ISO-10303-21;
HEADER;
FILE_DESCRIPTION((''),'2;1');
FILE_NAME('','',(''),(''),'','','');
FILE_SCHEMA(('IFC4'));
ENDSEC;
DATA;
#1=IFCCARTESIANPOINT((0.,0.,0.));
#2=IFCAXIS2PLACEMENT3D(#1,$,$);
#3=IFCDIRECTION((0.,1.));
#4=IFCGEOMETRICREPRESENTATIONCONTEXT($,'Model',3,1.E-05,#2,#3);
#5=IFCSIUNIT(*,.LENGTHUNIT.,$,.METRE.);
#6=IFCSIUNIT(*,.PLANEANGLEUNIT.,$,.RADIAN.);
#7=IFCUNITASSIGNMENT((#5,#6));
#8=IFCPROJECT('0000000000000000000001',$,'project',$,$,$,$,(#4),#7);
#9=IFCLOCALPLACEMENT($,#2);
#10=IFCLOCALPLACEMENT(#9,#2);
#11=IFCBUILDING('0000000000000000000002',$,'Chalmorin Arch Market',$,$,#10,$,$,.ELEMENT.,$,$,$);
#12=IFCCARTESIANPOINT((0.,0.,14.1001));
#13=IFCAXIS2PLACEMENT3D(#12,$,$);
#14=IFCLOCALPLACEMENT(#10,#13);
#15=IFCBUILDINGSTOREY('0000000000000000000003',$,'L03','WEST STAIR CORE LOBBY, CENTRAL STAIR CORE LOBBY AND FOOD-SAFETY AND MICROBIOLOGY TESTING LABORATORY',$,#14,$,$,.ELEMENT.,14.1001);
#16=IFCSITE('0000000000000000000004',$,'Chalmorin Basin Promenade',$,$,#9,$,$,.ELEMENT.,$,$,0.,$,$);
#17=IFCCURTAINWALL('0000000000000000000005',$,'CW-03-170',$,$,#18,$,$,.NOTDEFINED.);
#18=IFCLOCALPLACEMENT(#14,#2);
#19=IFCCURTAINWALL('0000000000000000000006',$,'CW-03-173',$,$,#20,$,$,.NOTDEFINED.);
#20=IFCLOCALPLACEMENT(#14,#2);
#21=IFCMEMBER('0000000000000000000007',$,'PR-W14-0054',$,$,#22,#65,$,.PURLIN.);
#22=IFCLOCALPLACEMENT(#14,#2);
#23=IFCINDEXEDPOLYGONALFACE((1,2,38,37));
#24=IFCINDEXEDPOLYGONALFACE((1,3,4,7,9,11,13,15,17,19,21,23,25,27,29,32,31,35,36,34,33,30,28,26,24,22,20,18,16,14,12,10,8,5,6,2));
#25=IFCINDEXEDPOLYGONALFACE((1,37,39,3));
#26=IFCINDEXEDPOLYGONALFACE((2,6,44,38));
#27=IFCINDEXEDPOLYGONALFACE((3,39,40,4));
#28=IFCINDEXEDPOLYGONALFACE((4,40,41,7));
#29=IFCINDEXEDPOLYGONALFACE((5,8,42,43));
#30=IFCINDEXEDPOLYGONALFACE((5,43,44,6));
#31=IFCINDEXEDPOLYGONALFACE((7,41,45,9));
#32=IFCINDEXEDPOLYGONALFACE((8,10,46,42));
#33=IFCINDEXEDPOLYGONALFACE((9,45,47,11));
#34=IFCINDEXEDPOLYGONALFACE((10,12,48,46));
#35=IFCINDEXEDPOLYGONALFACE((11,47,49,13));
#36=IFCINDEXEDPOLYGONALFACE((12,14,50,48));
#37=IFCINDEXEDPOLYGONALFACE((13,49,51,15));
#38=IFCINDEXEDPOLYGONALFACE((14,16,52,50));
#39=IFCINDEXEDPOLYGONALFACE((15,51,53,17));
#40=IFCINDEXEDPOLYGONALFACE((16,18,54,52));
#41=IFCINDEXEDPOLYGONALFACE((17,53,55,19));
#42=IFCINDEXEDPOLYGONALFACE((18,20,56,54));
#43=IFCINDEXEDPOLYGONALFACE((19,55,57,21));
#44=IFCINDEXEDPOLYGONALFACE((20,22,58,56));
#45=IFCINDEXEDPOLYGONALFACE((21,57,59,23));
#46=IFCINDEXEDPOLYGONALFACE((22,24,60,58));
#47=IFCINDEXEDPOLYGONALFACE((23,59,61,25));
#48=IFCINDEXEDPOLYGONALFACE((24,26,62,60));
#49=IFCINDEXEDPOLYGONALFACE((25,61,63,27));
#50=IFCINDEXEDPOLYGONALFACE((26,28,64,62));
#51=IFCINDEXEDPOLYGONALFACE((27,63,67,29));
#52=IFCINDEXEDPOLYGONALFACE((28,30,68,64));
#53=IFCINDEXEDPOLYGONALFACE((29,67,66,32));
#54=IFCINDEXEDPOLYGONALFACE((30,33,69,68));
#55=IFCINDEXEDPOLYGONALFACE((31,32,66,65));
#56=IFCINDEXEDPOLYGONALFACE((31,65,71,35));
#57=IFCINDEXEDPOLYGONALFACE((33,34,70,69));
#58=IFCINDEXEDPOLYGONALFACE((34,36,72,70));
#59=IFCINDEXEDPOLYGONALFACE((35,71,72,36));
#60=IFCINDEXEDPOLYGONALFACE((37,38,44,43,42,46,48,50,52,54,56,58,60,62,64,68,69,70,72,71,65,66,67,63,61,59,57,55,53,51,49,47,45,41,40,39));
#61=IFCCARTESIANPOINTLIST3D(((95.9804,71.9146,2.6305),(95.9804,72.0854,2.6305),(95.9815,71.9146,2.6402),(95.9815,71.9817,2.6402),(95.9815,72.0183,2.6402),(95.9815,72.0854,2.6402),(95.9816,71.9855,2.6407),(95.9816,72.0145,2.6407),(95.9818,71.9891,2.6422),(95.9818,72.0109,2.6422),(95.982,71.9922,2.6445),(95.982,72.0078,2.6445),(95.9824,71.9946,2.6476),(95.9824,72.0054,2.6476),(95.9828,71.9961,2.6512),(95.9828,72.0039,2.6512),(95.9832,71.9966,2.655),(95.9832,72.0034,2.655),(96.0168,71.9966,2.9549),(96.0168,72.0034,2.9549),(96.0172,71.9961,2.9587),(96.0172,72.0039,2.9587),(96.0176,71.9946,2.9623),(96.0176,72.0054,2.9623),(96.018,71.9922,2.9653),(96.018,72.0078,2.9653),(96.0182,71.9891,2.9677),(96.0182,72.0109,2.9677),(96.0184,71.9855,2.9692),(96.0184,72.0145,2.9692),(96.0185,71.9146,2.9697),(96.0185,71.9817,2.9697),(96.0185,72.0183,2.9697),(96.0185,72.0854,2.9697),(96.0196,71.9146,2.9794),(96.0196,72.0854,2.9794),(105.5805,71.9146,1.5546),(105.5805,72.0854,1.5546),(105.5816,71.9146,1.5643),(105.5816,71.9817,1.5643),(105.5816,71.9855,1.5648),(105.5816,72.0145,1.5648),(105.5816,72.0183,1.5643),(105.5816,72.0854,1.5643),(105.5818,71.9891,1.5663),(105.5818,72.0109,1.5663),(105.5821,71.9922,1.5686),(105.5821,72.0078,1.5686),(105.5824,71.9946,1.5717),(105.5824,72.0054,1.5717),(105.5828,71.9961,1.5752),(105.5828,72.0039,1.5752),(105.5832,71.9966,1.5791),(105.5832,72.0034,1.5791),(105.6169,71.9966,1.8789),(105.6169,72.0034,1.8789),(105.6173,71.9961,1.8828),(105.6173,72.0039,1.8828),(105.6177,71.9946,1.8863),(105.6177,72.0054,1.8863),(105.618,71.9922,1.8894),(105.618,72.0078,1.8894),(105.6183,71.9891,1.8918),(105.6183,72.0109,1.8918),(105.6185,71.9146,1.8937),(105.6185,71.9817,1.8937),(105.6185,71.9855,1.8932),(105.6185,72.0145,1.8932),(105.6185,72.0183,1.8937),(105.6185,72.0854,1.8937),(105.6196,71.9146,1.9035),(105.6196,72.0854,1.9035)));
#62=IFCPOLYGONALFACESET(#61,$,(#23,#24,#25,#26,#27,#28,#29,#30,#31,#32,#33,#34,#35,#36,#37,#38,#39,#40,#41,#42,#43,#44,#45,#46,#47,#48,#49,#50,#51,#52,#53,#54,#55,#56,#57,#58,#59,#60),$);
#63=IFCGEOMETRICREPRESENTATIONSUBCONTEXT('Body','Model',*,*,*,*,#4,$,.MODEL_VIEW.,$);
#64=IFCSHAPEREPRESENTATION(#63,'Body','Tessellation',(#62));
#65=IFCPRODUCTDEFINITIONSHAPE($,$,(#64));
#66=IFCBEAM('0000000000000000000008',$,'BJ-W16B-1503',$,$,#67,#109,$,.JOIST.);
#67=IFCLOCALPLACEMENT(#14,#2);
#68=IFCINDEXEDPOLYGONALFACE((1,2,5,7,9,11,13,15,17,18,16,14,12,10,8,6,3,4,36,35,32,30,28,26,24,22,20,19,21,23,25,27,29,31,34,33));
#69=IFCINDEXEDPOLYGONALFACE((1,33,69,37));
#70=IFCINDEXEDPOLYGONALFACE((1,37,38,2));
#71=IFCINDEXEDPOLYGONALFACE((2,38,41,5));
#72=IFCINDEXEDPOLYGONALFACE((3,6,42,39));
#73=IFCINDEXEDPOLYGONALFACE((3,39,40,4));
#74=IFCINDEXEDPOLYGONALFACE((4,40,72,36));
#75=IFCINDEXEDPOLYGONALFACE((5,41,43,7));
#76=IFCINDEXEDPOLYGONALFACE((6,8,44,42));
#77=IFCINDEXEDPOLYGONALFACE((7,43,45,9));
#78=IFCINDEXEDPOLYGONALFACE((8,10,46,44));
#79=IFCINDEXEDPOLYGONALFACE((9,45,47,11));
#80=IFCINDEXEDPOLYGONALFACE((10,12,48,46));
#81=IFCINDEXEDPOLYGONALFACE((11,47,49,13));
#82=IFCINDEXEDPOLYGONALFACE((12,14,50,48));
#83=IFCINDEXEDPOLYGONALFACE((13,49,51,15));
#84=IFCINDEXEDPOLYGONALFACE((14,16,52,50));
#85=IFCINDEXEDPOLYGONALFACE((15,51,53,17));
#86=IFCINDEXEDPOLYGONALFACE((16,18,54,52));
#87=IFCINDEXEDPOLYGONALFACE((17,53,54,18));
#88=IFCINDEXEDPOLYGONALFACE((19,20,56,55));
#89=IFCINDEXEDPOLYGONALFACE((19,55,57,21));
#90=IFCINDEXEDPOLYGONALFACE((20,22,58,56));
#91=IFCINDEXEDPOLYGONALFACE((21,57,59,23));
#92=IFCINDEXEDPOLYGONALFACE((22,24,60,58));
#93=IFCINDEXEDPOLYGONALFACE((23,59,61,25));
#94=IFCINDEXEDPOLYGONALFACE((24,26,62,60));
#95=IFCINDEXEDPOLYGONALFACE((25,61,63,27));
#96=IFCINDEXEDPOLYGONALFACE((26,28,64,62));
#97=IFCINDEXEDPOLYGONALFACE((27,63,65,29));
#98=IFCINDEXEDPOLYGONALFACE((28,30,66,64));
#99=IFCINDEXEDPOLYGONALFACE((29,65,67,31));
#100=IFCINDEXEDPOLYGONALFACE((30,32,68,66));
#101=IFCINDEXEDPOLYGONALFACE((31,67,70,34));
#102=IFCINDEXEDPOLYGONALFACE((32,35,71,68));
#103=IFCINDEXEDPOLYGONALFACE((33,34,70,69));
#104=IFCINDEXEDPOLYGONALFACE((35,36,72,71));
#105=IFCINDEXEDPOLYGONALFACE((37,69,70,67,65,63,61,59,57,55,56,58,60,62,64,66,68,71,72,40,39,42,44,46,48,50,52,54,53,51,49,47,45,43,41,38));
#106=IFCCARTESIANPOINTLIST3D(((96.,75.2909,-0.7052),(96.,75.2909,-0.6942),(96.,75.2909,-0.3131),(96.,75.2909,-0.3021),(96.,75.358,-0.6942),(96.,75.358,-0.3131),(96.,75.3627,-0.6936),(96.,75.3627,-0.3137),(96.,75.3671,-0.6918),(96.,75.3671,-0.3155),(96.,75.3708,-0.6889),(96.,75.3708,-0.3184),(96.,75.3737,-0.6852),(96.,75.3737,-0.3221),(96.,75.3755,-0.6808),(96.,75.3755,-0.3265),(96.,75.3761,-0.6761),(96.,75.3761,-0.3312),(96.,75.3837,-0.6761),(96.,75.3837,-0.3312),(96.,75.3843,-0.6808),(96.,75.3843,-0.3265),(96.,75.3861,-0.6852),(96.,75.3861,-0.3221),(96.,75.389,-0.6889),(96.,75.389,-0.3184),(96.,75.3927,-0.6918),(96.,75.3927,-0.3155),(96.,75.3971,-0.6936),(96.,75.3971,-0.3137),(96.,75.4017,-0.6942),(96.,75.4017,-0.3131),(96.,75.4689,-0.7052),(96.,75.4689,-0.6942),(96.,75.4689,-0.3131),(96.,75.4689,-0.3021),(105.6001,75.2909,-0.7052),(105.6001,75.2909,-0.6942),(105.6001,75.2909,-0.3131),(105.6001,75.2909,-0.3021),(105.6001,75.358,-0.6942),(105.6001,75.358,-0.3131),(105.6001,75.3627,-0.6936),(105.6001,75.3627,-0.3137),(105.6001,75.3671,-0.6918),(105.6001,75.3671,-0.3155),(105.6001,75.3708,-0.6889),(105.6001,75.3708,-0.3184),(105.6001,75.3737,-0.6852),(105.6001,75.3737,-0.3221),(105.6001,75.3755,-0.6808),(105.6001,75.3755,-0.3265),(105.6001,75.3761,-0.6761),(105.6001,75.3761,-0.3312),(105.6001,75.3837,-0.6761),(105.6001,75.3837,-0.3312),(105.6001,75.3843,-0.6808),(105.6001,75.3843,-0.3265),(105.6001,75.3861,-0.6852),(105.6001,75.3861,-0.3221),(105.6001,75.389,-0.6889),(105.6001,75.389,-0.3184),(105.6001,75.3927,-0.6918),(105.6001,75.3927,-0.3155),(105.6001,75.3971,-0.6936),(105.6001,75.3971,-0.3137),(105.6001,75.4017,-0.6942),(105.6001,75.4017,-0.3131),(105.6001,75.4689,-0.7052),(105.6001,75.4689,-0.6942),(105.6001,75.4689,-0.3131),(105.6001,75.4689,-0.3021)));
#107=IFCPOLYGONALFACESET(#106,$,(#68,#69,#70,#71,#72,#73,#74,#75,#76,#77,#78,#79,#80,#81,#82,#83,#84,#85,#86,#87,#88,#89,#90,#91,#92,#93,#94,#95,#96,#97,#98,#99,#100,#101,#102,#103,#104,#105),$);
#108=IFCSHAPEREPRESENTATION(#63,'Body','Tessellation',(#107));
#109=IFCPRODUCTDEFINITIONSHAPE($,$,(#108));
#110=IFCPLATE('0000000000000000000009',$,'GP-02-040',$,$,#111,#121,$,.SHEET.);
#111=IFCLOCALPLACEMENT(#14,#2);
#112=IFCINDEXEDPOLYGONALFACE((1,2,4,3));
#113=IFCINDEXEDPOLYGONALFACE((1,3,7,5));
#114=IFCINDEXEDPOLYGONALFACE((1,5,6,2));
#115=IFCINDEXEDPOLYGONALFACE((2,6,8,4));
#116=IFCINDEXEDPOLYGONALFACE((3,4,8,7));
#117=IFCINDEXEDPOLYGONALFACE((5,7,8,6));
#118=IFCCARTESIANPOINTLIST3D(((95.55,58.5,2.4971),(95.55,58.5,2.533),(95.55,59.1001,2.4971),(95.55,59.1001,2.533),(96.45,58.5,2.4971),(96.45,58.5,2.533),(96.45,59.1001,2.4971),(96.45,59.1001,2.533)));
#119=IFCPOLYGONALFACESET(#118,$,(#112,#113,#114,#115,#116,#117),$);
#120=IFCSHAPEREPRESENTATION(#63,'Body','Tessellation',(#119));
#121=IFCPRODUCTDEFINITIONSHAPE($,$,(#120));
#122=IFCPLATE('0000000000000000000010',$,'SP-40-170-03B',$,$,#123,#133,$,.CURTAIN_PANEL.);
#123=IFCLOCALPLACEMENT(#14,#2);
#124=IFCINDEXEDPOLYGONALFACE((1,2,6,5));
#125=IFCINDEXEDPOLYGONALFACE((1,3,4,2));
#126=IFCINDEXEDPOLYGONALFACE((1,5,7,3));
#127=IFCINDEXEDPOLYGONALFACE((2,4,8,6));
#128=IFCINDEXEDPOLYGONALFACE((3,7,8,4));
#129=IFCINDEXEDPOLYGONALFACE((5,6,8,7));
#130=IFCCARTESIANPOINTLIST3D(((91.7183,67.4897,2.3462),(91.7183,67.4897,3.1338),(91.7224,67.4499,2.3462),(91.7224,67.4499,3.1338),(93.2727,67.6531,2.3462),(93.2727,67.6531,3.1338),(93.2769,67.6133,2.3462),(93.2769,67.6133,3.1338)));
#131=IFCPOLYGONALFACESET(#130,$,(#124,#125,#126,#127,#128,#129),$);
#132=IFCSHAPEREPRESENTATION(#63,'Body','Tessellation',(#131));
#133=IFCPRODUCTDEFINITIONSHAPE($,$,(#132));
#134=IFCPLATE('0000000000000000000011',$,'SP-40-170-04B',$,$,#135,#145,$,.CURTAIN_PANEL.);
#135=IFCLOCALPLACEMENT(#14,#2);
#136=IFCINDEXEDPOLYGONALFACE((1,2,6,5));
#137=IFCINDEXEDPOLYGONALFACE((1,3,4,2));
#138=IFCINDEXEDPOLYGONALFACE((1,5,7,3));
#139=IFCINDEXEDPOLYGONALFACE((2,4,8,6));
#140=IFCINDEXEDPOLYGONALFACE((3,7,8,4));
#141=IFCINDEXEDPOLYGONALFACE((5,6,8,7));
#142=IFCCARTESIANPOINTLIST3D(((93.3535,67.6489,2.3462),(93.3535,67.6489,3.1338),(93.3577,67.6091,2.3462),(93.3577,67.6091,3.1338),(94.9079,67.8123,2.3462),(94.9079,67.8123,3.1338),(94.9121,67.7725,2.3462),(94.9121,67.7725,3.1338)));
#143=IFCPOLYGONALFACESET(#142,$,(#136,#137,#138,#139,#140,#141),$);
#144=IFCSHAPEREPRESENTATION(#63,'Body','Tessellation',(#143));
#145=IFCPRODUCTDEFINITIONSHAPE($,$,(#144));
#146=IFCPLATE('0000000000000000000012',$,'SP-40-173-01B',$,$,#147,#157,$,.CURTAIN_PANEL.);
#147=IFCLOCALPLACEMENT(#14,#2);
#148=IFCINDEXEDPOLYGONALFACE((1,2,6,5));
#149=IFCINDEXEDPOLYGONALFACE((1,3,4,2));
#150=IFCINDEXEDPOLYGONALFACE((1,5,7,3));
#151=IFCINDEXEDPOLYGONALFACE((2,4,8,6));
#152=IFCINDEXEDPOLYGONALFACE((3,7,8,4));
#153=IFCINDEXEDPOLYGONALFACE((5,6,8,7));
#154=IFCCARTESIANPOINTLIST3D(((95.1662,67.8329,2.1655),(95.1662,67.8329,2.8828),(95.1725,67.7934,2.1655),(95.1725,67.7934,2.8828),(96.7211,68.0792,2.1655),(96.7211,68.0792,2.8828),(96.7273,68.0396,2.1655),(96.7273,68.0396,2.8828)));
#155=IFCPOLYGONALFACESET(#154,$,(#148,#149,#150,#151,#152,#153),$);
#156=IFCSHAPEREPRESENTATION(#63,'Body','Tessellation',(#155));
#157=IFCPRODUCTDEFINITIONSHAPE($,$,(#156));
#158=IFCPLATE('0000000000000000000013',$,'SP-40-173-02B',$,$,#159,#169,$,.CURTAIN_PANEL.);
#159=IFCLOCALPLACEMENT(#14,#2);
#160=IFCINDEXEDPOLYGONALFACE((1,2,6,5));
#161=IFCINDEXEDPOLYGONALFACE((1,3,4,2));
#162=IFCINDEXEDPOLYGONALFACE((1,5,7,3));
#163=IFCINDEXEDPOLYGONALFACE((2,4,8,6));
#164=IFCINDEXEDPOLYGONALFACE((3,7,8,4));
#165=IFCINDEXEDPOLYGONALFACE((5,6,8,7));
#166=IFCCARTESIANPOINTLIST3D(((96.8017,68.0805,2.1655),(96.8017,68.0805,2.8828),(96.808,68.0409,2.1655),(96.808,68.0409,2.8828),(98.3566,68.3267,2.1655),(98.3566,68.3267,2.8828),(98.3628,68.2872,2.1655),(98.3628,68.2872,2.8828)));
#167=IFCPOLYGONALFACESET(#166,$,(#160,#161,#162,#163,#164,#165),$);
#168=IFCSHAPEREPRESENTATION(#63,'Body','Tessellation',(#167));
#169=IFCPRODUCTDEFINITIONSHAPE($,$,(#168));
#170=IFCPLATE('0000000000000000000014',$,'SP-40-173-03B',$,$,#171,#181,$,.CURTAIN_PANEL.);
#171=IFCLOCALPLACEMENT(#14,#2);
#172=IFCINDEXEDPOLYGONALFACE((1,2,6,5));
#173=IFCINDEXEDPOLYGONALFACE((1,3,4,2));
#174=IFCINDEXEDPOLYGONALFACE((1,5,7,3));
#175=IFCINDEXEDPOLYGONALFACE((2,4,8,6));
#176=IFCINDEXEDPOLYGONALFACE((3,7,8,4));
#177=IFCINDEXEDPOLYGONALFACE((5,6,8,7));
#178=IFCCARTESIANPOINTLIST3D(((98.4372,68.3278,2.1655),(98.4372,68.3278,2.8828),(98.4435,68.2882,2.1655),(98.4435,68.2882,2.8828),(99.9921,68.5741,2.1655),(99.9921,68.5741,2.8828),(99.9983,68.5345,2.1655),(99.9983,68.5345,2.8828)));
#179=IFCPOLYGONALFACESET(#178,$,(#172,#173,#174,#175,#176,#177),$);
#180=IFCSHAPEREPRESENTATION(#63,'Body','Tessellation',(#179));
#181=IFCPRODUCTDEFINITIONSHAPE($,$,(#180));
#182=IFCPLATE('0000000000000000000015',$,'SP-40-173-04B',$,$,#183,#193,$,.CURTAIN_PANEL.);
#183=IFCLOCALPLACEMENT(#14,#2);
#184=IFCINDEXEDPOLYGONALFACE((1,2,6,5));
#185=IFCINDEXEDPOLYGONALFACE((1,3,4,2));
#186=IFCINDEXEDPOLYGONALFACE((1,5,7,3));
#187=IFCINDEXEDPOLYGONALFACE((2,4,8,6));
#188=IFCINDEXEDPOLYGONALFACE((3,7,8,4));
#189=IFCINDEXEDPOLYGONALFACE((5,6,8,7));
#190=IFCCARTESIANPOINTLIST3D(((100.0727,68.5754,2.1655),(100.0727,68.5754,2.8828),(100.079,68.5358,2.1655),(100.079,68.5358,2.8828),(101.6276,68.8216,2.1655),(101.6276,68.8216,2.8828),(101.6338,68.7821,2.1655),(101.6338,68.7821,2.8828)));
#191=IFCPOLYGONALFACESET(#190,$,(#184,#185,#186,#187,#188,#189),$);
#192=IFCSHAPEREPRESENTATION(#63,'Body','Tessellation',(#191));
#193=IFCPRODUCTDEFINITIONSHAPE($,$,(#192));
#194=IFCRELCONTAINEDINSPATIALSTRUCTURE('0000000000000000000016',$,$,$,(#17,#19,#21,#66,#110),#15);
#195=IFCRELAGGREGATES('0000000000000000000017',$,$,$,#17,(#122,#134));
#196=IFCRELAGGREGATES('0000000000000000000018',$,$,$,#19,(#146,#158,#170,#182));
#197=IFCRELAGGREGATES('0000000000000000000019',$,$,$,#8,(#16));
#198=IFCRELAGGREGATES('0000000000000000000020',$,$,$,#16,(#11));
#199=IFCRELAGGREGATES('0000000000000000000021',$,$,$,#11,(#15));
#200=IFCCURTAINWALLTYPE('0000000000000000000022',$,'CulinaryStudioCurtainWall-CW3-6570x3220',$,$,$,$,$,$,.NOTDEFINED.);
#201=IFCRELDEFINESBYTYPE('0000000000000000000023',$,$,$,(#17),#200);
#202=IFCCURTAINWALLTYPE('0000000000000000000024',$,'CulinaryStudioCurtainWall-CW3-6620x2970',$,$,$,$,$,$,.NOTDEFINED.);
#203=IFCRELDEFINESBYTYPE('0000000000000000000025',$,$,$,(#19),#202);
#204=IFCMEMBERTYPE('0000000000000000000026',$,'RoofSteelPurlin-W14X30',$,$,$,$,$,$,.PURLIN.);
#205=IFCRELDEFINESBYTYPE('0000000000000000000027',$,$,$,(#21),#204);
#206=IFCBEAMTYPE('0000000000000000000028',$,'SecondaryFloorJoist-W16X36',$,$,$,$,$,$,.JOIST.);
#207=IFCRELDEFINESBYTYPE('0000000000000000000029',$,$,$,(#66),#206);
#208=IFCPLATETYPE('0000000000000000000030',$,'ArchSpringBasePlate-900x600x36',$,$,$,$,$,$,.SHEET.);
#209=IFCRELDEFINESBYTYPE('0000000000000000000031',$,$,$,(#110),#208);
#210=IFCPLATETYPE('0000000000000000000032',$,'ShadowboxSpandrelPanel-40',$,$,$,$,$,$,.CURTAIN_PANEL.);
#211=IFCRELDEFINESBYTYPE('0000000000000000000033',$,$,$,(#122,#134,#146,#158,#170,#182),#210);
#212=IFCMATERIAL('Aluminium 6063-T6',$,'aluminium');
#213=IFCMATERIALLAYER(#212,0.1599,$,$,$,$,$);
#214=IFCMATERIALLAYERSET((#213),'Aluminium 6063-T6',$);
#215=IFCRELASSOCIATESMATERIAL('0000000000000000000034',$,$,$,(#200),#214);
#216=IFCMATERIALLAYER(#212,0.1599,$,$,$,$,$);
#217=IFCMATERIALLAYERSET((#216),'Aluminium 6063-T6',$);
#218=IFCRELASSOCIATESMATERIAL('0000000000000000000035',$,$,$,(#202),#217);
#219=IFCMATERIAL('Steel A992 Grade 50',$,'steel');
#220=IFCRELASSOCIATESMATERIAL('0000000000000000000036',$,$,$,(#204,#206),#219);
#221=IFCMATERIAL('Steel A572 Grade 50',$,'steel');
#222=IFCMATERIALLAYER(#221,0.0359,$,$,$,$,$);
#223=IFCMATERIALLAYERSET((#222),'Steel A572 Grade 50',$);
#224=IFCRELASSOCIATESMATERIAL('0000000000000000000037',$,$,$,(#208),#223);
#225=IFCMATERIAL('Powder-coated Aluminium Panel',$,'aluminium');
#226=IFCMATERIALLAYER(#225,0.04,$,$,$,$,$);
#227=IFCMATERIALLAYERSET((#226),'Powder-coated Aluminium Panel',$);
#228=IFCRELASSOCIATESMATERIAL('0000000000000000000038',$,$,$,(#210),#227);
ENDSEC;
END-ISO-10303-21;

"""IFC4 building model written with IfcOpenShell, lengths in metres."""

from ifc_helpers import new_model, si_unit, direction, frame, origin, origin_2d, place, context, subcontext, project, spatial, rectangle, i_section, extrude, material, layer, layer_set, material_profile, profile_set, type_object, element, aggregate, save


model = new_model("IFC4")

# Units and contexts
model_context = context("Model", 3, precision=1e-05, world=origin(), true_north=direction((0.0, 1.0)))
body_context = subcontext(model_context, "Body", "Model", "MODEL_VIEW")
ifc_project = project(units=[si_unit("LENGTHUNIT", "METRE"), si_unit("PLANEANGLEUNIT", "RADIAN")], contexts=[model_context])

# Site, building, storey
site_placement = place(None, origin())
site = spatial("IfcSite", under=ifc_project, at=site_placement, Name="Chalmorin Basin Promenade", CompositionType="ELEMENT", RefElevation=0.0)
building_placement = place(site_placement, origin())
building = spatial("IfcBuilding", under=site, at=building_placement, Name="Chalmorin Arch Market", CompositionType="ELEMENT")
storey_placement = place(building_placement, frame((0.0, 0.0, 14.1001)))
storey = spatial("IfcBuildingStorey", under=building, at=storey_placement, Name="L03", Description="WEST STAIR CORE LOBBY, CENTRAL STAIR CORE LOBBY AND FOOD-SAFETY AND MICROBIOLOGY TESTING LABORATORY", CompositionType="ELEMENT", Elevation=14.1001)

# Curtain walls
ifc_material_1 = material(Name="Aluminium 6063-T6", Category="aluminium")
ifc_layer_1 = layer(ifc_material_1, 0.1599)
ifc_layer_set_1 = layer_set([ifc_layer_1], Name="Aluminium 6063-T6")
curtain_wall_type_1 = type_object("IfcCurtainWallType", Name="CulinaryStudioCurtainWall-CW3-6570x3220", PredefinedType="NOTDEFINED", material=ifc_layer_set_1)
curtain_wall_1_placement = place(storey_placement, origin())
curtain_wall_1 = element("IfcCurtainWall", 1, at=curtain_wall_1_placement, inside=storey, type_object=curtain_wall_type_1, Name="CW-03-170", PredefinedType="NOTDEFINED")
ifc_layer_2 = layer(ifc_material_1, 0.1599)
ifc_layer_set_2 = layer_set([ifc_layer_2], Name="Aluminium 6063-T6")
curtain_wall_type_2 = type_object("IfcCurtainWallType", Name="CulinaryStudioCurtainWall-CW3-6620x2970", PredefinedType="NOTDEFINED", material=ifc_layer_set_2)
curtain_wall_2_placement = place(storey_placement, origin())
curtain_wall_2 = element("IfcCurtainWall", 2, at=curtain_wall_2_placement, inside=storey, type_object=curtain_wall_type_2, Name="CW-03-173", PredefinedType="NOTDEFINED")

# Shared definitions
ifc_material_2 = material(Name="Steel A992 Grade 50", Category="steel")

# Member
ifc_material_profile_1 = material_profile(ifc_material_2, i_section(OverallWidth=0.1709, OverallDepth=0.3511, WebThickness=0.0068, FlangeThickness=0.0098, FilletRadius=0.0149, at=origin_2d()), Name="W14X30")
ifc_profile_set_1 = profile_set([ifc_material_profile_1], Name="Steel A992 Grade 50")
member_type_1 = type_object("IfcMemberType", Name="RoofSteelPurlin-W14X30", PredefinedType="PURLIN", material=ifc_profile_set_1)
member_1_placement = place(storey_placement, frame((96.0, 72.0, 2.8049), z_axis=(0.993778, 0.0, -0.111377), x_axis=(0.0, 1.0, 0.0)))
element("IfcMember", 3, at=member_1_placement, inside=storey, type_object=member_type_1, Name="PR-W14-0054", PredefinedType="PURLIN", context=body_context, shape_type="SweptSolid", body=[
    extrude(i_section(OverallWidth=0.1709, OverallDepth=0.3511, WebThickness=0.0068, FlangeThickness=0.0098, FilletRadius=0.0149, at=origin_2d()), origin(), (0.0, 0.0, 1.0), 9.6602),
])

# Beam
ifc_material_profile_2 = material_profile(ifc_material_2, i_section(OverallWidth=0.178, OverallDepth=0.4031, WebThickness=0.0076, FlangeThickness=0.011, FilletRadius=0.0181, at=origin_2d()), Name="W16X36")
ifc_profile_set_2 = profile_set([ifc_material_profile_2], Name="Steel A992 Grade 50")
beam_type_1 = type_object("IfcBeamType", Name="SecondaryFloorJoist-W16X36", PredefinedType="JOIST", material=ifc_profile_set_2)
beam_1_placement = place(storey_placement, frame((96.0, 75.3799, -0.5037), z_axis=(1.0, 0.0, 0.0), x_axis=(0.0, 1.0, 0.0)))
element("IfcBeam", 4, at=beam_1_placement, inside=storey, type_object=beam_type_1, Name="BJ-W16B-1503", PredefinedType="JOIST", context=body_context, shape_type="SweptSolid", body=[
    extrude(i_section(OverallWidth=0.178, OverallDepth=0.4031, WebThickness=0.0076, FlangeThickness=0.011, FilletRadius=0.0181, at=origin_2d()), origin(), (0.0, 0.0, 1.0), 9.6001),
])

# Plates
ifc_material_3 = material(Name="Steel A572 Grade 50", Category="steel")
ifc_layer_3 = layer(ifc_material_3, 0.0359)
ifc_layer_set_3 = layer_set([ifc_layer_3], Name="Steel A572 Grade 50")
plate_type_1 = type_object("IfcPlateType", Name="ArchSpringBasePlate-900x600x36", PredefinedType="SHEET", material=ifc_layer_set_3)
plate_1_placement = place(storey_placement, frame((96.0, 58.8, 2.4971), z_axis=(0.0, 0.0, 1.0), x_axis=(1.0, 0.0, 0.0)))
element("IfcPlate", 5, at=plate_1_placement, inside=storey, type_object=plate_type_1, Name="GP-02-040", PredefinedType="SHEET", context=body_context, shape_type="SweptSolid", body=[
    extrude(rectangle(XDim=0.8999, YDim=0.6001, at=origin_2d()), origin(), (0.0, 0.0, 1.0), 0.0359),
])
ifc_material_4 = material(Name="Powder-coated Aluminium Panel", Category="aluminium")
ifc_layer_4 = layer(ifc_material_4, 0.04)
ifc_layer_set_4 = layer_set([ifc_layer_4], Name="Powder-coated Aluminium Panel")
plate_type_2 = type_object("IfcPlateType", Name="ShadowboxSpandrelPanel-40", PredefinedType="CURTAIN_PANEL", material=ifc_layer_set_4)
plate_2_placement = place(storey_placement, frame((92.4976, 67.5515, 2.3462), z_axis=(0.0, 0.0, 1.0), x_axis=(0.994522, 0.104528, 0.0)))
plate_2 = element("IfcPlate", 6, at=plate_2_placement, type_object=plate_type_2, Name="SP-40-170-03B", PredefinedType="CURTAIN_PANEL", context=body_context, shape_type="SweptSolid", body=[
    extrude(rectangle(XDim=1.563, YDim=0.04, at=origin_2d()), origin(), (0.0, 0.0, 1.0), 0.7876),
])
plate_3_placement = place(storey_placement, frame((94.1328, 67.7107, 2.3462), z_axis=(0.0, 0.0, 1.0), x_axis=(0.994522, 0.104528, 0.0)))
plate_3 = element("IfcPlate", 7, at=plate_3_placement, type_object=plate_type_2, Name="SP-40-170-04B", PredefinedType="CURTAIN_PANEL", context=body_context, shape_type="SweptSolid", body=[
    extrude(rectangle(XDim=1.563, YDim=0.04, at=origin_2d()), origin(), (0.0, 0.0, 1.0), 0.7876),
])
plate_4_placement = place(storey_placement, frame((95.9468, 67.9363, 2.1655), z_axis=(0.0, 0.0, 1.0), x_axis=(0.987688, 0.156434, 0.0)))
plate_4 = element("IfcPlate", 8, at=plate_4_placement, type_object=plate_type_2, Name="SP-40-173-01B", PredefinedType="CURTAIN_PANEL", context=body_context, shape_type="SweptSolid", body=[
    extrude(rectangle(XDim=1.5742, YDim=0.04, at=origin_2d()), origin(), (0.0, 0.0, 1.0), 0.7173),
])
plate_5_placement = place(storey_placement, frame((97.5823, 68.1838, 2.1655), z_axis=(0.0, 0.0, 1.0), x_axis=(0.987688, 0.156434, 0.0)))
plate_5 = element("IfcPlate", 9, at=plate_5_placement, type_object=plate_type_2, Name="SP-40-173-02B", PredefinedType="CURTAIN_PANEL", context=body_context, shape_type="SweptSolid", body=[
    extrude(rectangle(XDim=1.5742, YDim=0.04, at=origin_2d()), origin(), (0.0, 0.0, 1.0), 0.7173),
])
plate_6_placement = place(storey_placement, frame((99.2178, 68.4312, 2.1655), z_axis=(0.0, 0.0, 1.0), x_axis=(0.987688, 0.156434, 0.0)))
plate_6 = element("IfcPlate", 10, at=plate_6_placement, type_object=plate_type_2, Name="SP-40-173-03B", PredefinedType="CURTAIN_PANEL", context=body_context, shape_type="SweptSolid", body=[
    extrude(rectangle(XDim=1.5742, YDim=0.04, at=origin_2d()), origin(), (0.0, 0.0, 1.0), 0.7173),
])
plate_7_placement = place(storey_placement, frame((100.8533, 68.6787, 2.1655), z_axis=(0.0, 0.0, 1.0), x_axis=(0.987688, 0.156434, 0.0)))
plate_7 = element("IfcPlate", 11, at=plate_7_placement, type_object=plate_type_2, Name="SP-40-173-04B", PredefinedType="CURTAIN_PANEL", context=body_context, shape_type="SweptSolid", body=[
    extrude(rectangle(XDim=1.5742, YDim=0.04, at=origin_2d()), origin(), (0.0, 0.0, 1.0), 0.7173),
])
aggregate(curtain_wall_1, [plate_2, plate_3])
aggregate(curtain_wall_2, [plate_4, plate_5, plate_6, plate_7])

save(model, "model.ifc")
